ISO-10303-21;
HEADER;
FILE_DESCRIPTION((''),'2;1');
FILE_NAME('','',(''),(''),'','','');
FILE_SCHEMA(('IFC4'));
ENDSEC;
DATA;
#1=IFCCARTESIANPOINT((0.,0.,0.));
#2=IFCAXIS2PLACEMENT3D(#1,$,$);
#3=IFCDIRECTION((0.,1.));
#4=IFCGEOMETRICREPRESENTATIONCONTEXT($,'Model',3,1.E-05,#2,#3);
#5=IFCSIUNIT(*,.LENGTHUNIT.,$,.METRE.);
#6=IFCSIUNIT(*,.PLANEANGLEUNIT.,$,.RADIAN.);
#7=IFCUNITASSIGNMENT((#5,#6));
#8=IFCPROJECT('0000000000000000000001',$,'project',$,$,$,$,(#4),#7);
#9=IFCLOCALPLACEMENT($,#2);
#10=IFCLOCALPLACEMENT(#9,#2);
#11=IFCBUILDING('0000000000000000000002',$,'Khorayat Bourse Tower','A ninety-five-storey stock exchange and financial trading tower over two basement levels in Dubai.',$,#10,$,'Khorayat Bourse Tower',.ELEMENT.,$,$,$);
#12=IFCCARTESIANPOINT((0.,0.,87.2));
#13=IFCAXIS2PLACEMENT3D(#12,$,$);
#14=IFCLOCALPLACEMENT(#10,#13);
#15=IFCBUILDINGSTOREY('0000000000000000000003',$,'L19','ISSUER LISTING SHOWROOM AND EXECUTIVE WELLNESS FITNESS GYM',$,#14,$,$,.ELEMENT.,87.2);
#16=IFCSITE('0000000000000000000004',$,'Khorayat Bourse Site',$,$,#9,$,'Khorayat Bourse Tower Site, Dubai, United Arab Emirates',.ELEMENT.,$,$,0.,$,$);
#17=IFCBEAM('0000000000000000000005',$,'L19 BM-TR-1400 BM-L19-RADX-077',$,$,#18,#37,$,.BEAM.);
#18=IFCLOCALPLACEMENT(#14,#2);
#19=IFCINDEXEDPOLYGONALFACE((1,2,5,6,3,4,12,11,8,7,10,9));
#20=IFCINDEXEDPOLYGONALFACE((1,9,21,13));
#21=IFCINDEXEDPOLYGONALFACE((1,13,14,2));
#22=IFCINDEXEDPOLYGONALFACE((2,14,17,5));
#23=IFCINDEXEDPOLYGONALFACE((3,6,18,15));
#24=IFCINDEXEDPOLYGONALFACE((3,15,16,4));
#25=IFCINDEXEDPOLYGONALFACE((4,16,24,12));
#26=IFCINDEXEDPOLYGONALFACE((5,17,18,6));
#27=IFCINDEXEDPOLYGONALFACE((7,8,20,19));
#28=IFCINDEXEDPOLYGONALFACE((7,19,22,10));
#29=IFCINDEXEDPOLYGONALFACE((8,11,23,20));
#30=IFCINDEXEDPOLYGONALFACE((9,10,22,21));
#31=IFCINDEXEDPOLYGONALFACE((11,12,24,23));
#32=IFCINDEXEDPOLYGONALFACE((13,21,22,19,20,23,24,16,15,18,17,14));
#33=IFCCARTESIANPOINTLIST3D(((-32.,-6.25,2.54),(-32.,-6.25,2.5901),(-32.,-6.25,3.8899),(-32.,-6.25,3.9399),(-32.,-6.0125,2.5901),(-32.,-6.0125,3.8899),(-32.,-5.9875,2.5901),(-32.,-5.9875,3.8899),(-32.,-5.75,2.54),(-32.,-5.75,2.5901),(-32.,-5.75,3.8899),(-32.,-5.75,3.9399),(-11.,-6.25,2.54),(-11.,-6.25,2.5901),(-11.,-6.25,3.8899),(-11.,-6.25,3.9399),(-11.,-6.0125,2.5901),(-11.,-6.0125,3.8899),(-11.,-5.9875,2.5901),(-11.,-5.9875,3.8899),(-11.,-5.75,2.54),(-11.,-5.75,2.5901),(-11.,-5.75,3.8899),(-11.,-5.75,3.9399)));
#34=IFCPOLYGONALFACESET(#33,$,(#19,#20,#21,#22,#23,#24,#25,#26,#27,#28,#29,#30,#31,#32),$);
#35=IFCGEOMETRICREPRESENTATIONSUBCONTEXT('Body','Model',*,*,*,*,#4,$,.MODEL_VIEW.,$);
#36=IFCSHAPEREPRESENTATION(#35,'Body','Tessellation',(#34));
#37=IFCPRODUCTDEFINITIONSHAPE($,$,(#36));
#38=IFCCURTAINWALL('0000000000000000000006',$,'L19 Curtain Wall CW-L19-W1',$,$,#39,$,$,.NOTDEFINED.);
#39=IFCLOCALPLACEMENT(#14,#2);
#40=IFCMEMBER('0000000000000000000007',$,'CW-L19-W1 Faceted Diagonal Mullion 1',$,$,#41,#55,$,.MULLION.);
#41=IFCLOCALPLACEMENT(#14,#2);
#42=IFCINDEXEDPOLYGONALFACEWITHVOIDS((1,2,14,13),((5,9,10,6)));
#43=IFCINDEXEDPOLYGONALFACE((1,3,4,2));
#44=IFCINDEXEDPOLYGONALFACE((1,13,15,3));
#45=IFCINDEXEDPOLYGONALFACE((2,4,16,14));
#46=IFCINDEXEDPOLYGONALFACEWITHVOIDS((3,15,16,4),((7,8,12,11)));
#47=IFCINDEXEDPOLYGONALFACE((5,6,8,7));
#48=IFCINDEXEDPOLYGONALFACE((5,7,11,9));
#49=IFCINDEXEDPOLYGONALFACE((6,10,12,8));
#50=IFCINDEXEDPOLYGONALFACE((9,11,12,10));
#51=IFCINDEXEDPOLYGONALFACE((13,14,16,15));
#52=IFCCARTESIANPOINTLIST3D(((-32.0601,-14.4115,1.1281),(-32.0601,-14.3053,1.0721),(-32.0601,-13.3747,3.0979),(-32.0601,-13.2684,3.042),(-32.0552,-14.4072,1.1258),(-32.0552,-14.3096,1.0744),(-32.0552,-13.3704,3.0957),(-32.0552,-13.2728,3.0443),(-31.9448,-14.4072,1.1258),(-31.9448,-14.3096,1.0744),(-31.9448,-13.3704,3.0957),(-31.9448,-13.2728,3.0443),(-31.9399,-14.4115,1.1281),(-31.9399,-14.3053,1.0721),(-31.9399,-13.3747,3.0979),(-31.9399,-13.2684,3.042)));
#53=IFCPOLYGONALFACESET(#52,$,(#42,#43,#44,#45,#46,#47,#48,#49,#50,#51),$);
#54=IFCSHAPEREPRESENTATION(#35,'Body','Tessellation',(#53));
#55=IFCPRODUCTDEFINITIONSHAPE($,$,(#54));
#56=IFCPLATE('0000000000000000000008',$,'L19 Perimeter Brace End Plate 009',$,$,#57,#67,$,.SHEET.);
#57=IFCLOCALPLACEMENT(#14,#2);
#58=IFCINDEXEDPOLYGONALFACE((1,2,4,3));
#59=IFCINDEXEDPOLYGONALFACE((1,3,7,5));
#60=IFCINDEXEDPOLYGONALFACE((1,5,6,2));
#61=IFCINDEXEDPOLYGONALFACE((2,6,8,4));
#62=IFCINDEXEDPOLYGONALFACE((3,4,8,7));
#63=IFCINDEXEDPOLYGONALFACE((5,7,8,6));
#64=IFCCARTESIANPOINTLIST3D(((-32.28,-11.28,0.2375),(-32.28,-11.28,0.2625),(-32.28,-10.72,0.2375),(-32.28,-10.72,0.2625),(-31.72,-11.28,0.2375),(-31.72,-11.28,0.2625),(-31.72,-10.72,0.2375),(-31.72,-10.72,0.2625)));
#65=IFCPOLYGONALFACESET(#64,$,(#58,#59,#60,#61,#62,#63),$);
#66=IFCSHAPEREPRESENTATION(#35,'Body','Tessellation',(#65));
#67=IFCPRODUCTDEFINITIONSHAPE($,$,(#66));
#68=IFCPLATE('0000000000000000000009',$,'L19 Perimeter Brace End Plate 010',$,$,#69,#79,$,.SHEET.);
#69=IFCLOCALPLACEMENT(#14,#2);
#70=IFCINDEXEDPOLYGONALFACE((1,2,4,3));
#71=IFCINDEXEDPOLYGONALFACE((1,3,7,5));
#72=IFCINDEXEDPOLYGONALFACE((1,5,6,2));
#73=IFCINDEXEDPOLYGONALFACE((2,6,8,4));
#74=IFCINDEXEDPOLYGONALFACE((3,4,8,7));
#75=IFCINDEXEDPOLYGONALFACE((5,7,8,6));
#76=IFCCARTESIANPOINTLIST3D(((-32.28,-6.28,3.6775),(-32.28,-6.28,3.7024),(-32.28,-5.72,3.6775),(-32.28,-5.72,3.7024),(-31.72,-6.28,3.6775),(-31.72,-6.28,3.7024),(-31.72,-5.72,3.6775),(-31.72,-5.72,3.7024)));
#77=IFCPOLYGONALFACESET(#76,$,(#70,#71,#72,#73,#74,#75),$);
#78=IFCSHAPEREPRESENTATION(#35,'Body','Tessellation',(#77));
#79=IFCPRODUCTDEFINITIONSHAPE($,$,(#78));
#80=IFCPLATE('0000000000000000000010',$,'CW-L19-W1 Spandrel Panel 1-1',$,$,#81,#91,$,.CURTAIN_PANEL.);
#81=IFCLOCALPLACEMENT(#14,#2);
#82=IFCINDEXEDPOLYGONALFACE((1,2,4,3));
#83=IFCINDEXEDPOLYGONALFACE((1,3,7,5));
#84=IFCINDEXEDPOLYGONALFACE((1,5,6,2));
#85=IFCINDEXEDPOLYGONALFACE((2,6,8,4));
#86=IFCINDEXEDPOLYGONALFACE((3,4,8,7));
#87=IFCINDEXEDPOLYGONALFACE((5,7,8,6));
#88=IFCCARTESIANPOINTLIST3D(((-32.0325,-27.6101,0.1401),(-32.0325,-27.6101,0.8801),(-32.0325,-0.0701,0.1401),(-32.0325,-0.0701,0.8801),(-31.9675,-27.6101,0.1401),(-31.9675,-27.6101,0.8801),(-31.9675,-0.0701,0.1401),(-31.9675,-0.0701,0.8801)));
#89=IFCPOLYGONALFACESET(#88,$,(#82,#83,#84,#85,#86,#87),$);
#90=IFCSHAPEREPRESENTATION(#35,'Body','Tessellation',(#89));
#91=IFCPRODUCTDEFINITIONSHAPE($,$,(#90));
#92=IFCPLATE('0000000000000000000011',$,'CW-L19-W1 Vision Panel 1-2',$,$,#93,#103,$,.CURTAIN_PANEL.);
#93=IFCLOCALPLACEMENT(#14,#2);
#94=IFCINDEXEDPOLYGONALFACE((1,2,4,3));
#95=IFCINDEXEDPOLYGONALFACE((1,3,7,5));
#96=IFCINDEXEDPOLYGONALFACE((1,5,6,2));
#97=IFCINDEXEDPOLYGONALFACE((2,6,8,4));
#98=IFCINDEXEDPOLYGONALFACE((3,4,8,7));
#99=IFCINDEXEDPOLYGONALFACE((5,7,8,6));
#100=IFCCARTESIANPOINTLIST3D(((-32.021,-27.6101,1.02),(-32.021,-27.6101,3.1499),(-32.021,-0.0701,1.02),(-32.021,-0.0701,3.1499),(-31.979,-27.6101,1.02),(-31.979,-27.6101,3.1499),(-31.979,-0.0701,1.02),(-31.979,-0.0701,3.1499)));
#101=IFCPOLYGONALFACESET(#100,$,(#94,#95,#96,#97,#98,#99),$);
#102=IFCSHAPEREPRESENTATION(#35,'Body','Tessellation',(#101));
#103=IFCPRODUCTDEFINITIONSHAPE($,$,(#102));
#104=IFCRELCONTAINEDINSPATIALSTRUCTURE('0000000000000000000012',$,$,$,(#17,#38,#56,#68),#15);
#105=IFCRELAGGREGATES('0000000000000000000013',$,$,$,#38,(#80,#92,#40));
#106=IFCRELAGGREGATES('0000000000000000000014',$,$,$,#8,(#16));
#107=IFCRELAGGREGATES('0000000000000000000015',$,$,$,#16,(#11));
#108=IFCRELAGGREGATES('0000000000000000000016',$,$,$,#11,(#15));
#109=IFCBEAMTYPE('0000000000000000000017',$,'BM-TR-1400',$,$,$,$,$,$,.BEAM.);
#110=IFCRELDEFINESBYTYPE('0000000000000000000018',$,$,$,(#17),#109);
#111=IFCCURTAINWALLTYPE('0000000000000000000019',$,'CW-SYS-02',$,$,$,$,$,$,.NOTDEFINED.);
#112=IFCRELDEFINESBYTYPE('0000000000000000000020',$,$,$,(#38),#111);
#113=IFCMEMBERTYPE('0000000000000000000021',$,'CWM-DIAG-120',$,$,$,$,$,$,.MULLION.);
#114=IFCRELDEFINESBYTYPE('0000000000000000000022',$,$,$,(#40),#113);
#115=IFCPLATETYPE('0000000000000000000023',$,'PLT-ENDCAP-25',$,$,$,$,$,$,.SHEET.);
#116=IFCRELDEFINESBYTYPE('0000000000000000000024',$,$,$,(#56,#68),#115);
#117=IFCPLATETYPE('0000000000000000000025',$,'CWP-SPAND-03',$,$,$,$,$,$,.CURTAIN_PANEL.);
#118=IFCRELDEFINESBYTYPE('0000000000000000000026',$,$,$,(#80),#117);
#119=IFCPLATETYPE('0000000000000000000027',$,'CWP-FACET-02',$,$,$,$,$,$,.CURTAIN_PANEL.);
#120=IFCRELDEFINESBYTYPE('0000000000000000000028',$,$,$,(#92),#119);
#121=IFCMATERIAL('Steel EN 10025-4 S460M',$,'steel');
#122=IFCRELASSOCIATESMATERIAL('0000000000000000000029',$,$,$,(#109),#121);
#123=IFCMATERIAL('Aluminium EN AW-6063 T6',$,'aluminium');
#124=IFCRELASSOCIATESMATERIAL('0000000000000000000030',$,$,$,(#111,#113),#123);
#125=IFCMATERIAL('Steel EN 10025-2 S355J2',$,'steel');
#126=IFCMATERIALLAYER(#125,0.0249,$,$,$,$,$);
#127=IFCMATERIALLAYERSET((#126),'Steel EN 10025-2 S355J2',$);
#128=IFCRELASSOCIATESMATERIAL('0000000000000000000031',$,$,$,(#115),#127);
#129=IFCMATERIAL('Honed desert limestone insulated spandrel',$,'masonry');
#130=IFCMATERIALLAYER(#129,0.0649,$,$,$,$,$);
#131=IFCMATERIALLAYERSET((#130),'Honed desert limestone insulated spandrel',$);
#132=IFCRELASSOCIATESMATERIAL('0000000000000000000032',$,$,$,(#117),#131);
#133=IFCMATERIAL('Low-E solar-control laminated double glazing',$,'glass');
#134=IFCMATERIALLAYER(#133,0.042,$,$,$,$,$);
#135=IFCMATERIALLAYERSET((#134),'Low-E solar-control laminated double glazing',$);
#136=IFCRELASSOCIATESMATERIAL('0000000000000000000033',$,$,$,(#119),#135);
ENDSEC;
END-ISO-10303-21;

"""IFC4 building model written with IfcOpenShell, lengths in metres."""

from ifc_helpers import new_model, si_unit, direction, frame, origin, origin_2d, place, context, subcontext, project, spatial, rectangle, hollow_rectangle, i_section, extrude, source, transform, mapped, material, layer, layer_set, material_profile, profile_set, type_object, element, aggregate, save


model = new_model("IFC4")

# Units and contexts
model_context = context("Model", 3, precision=1e-05, world=origin(), true_north=direction((0.0, 1.0)))
body_context = subcontext(model_context, "Body", "Model", "MODEL_VIEW")
ifc_project = project(units=[si_unit("LENGTHUNIT", "METRE"), si_unit("PLANEANGLEUNIT", "RADIAN")], contexts=[model_context])

# Site, building, storey
site_placement = place(None, origin())
site = spatial("IfcSite", under=ifc_project, at=site_placement, Name="Khorayat Bourse Site", LongName="Khorayat Bourse Tower Site, Dubai, United Arab Emirates", CompositionType="ELEMENT", RefElevation=0.0)
building_placement = place(site_placement, origin())
building = spatial("IfcBuilding", under=site, at=building_placement, Name="Khorayat Bourse Tower", Description="A ninety-five-storey stock exchange and financial trading tower over two basement levels in Dubai.", LongName="Khorayat Bourse Tower", CompositionType="ELEMENT")
storey_placement = place(building_placement, frame((0.0, 0.0, 87.2)))
storey = spatial("IfcBuildingStorey", under=building, at=storey_placement, Name="L19", Description="ISSUER LISTING SHOWROOM AND EXECUTIVE WELLNESS FITNESS GYM", CompositionType="ELEMENT", Elevation=87.2)

# Shared definitions
ifc_material_1 = material(Name="Steel EN 10025-4 S460M", Category="steel")

# Beam
ifc_material_profile_1 = material_profile(ifc_material_1, i_section(OverallWidth=0.5, OverallDepth=1.3999, WebThickness=0.0249, FlangeThickness=0.05, at=origin_2d()), Name="PG 1400x500x25x50")
ifc_profile_set_1 = profile_set([ifc_material_profile_1], Name="Steel EN 10025-4 S460M")
beam_type_1 = type_object("IfcBeamType", Name="BM-TR-1400", PredefinedType="BEAM", material=ifc_profile_set_1)
shared_shape_1 = source(origin(), body_context, "Body", "SweptSolid", [
    extrude(i_section(OverallWidth=0.5, OverallDepth=1.3999, WebThickness=0.0249, FlangeThickness=0.05, at=origin_2d()), origin(), (0.0, 0.0, 1.0), 21.0),
])
for number, where, z_axis, x_axis, name in (
    (1, (-32.0, -6.0, 3.24), (1.0, 0.0, 0.0), (0.0, 1.0, 0.0), "L19 BM-TR-1400 BM-L19-RADX-077"),
):
    element("IfcBeam", number, at=place(storey_placement, frame(where, z_axis=z_axis, x_axis=x_axis)), inside=storey, type_object=beam_type_1, Name=name, PredefinedType="BEAM", context=body_context, shape_type="MappedRepresentation", body=[
        mapped(shared_shape_1, transform((0.0, 0.0, 0.0), scale=1.0)),
    ])

# Curtain wall, member
ifc_material_2 = material(Name="Aluminium EN AW-6063 T6", Category="aluminium")
curtain_wall_type = type_object("IfcCurtainWallType", Name="CW-SYS-02", PredefinedType="NOTDEFINED", material=ifc_material_2)
curtain_wall_placement = place(storey_placement, origin())
curtain_wall = element("IfcCurtainWall", 2, at=curtain_wall_placement, inside=storey, type_object=curtain_wall_type, Name="L19 Curtain Wall CW-L19-W1", PredefinedType="NOTDEFINED")
ifc_material_profile_2 = material_profile(ifc_material_2, hollow_rectangle(XDim=0.1201, YDim=0.1201, WallThickness=0.0049, at=origin_2d()), Name="ALU 120x120x5")
ifc_profile_set_2 = profile_set([ifc_material_profile_2], Name="Aluminium EN AW-6063 T6")
member_type_1 = type_object("IfcMemberType", Name="CWM-DIAG-120", PredefinedType="MULLION", material=ifc_profile_set_2)
shared_shape_2 = source(origin(), body_context, "Body", "SweptSolid", [
    extrude(hollow_rectangle(XDim=0.1201, YDim=0.1201, WallThickness=0.0049, at=origin_2d()), origin(), (0.0, 0.0, 1.0), 2.2261),
])
member_1_placement = place(storey_placement, frame((-32.0, -14.3584, 1.1001), z_axis=(0.0, 0.46576, 0.884911), x_axis=(-1.0, 0.0, 0.0)))
member_1 = element("IfcMember", 3, at=member_1_placement, type_object=member_type_1, Name="CW-L19-W1 Faceted Diagonal Mullion 1", PredefinedType="MULLION", context=body_context, shape_type="MappedRepresentation", body=[
    mapped(shared_shape_2, transform((0.0, 0.0, 0.0), scale=1.0)),
])

# Plates
ifc_material_3 = material(Name="Steel EN 10025-2 S355J2", Category="steel")
ifc_layer_1 = layer(ifc_material_3, 0.0249)
ifc_layer_set_1 = layer_set([ifc_layer_1], Name="Steel EN 10025-2 S355J2")
plate_type_1 = type_object("IfcPlateType", Name="PLT-ENDCAP-25", PredefinedType="SHEET", material=ifc_layer_set_1)
shared_shape_3 = source(origin(), body_context, "Body", "SweptSolid", [
    extrude(rectangle(XDim=0.5601, YDim=0.5601, at=origin_2d()), origin(), (0.0, 0.0, 1.0), 0.0249),
])
for number, where, z_axis, x_axis, name in (
    (4, (-32.0, -11.0, 0.2375), (0.0, 0.0, 1.0), (1.0, 0.0, 0.0), "L19 Perimeter Brace End Plate 009"),
    (5, (-32.0, -6.0, 3.6775), (0.0, 0.0, 1.0), (1.0, 0.0, 0.0), "L19 Perimeter Brace End Plate 010"),
):
    element("IfcPlate", number, at=place(storey_placement, frame(where, z_axis=z_axis, x_axis=x_axis)), inside=storey, type_object=plate_type_1, Name=name, PredefinedType="SHEET", context=body_context, shape_type="MappedRepresentation", body=[
        mapped(shared_shape_3, transform((0.0, 0.0, 0.0), scale=1.0)),
    ])

# Plates
ifc_material_4 = material(Name="Honed desert limestone insulated spandrel", Category="masonry")
ifc_layer_2 = layer(ifc_material_4, 0.0649)
ifc_layer_set_2 = layer_set([ifc_layer_2], Name="Honed desert limestone insulated spandrel")
plate_type_2 = type_object("IfcPlateType", Name="CWP-SPAND-03", PredefinedType="CURTAIN_PANEL", material=ifc_layer_set_2)
shared_shape_4 = source(origin(), body_context, "Body", "SweptSolid", [
    extrude(rectangle(XDim=27.54, YDim=0.0649, at=origin_2d()), origin(), (0.0, 0.0, 1.0), 0.74),
])
plate_1_placement = place(storey_placement, frame((-32.0, -13.8401, 0.1401), z_axis=(0.0, 0.0, 1.0), x_axis=(0.0, 1.0, 0.0)))
plate_1 = element("IfcPlate", 6, at=plate_1_placement, type_object=plate_type_2, Name="CW-L19-W1 Spandrel Panel 1-1", PredefinedType="CURTAIN_PANEL", context=body_context, shape_type="MappedRepresentation", body=[
    mapped(shared_shape_4, transform((0.0, 0.0, 0.0), scale=1.0)),
])
ifc_material_5 = material(Name="Low-E solar-control laminated double glazing", Category="glass")
ifc_layer_3 = layer(ifc_material_5, 0.042)
ifc_layer_set_3 = layer_set([ifc_layer_3], Name="Low-E solar-control laminated double glazing")
plate_type_3 = type_object("IfcPlateType", Name="CWP-FACET-02", PredefinedType="CURTAIN_PANEL", material=ifc_layer_set_3)
shared_shape_5 = source(origin(), body_context, "Body", "SweptSolid", [
    extrude(rectangle(XDim=27.54, YDim=0.042, at=origin_2d()), origin(), (0.0, 0.0, 1.0), 2.1299),
])
plate_2_placement = place(storey_placement, frame((-32.0, -13.8401, 1.02), z_axis=(0.0, 0.0, 1.0), x_axis=(0.0, 1.0, 0.0)))
plate_2 = element("IfcPlate", 7, at=plate_2_placement, type_object=plate_type_3, Name="CW-L19-W1 Vision Panel 1-2", PredefinedType="CURTAIN_PANEL", context=body_context, shape_type="MappedRepresentation", body=[
    mapped(shared_shape_5, transform((0.0, 0.0, 0.0), scale=1.0)),
])
aggregate(curtain_wall, [plate_1, plate_2, member_1])

save(model, "model.ifc")
